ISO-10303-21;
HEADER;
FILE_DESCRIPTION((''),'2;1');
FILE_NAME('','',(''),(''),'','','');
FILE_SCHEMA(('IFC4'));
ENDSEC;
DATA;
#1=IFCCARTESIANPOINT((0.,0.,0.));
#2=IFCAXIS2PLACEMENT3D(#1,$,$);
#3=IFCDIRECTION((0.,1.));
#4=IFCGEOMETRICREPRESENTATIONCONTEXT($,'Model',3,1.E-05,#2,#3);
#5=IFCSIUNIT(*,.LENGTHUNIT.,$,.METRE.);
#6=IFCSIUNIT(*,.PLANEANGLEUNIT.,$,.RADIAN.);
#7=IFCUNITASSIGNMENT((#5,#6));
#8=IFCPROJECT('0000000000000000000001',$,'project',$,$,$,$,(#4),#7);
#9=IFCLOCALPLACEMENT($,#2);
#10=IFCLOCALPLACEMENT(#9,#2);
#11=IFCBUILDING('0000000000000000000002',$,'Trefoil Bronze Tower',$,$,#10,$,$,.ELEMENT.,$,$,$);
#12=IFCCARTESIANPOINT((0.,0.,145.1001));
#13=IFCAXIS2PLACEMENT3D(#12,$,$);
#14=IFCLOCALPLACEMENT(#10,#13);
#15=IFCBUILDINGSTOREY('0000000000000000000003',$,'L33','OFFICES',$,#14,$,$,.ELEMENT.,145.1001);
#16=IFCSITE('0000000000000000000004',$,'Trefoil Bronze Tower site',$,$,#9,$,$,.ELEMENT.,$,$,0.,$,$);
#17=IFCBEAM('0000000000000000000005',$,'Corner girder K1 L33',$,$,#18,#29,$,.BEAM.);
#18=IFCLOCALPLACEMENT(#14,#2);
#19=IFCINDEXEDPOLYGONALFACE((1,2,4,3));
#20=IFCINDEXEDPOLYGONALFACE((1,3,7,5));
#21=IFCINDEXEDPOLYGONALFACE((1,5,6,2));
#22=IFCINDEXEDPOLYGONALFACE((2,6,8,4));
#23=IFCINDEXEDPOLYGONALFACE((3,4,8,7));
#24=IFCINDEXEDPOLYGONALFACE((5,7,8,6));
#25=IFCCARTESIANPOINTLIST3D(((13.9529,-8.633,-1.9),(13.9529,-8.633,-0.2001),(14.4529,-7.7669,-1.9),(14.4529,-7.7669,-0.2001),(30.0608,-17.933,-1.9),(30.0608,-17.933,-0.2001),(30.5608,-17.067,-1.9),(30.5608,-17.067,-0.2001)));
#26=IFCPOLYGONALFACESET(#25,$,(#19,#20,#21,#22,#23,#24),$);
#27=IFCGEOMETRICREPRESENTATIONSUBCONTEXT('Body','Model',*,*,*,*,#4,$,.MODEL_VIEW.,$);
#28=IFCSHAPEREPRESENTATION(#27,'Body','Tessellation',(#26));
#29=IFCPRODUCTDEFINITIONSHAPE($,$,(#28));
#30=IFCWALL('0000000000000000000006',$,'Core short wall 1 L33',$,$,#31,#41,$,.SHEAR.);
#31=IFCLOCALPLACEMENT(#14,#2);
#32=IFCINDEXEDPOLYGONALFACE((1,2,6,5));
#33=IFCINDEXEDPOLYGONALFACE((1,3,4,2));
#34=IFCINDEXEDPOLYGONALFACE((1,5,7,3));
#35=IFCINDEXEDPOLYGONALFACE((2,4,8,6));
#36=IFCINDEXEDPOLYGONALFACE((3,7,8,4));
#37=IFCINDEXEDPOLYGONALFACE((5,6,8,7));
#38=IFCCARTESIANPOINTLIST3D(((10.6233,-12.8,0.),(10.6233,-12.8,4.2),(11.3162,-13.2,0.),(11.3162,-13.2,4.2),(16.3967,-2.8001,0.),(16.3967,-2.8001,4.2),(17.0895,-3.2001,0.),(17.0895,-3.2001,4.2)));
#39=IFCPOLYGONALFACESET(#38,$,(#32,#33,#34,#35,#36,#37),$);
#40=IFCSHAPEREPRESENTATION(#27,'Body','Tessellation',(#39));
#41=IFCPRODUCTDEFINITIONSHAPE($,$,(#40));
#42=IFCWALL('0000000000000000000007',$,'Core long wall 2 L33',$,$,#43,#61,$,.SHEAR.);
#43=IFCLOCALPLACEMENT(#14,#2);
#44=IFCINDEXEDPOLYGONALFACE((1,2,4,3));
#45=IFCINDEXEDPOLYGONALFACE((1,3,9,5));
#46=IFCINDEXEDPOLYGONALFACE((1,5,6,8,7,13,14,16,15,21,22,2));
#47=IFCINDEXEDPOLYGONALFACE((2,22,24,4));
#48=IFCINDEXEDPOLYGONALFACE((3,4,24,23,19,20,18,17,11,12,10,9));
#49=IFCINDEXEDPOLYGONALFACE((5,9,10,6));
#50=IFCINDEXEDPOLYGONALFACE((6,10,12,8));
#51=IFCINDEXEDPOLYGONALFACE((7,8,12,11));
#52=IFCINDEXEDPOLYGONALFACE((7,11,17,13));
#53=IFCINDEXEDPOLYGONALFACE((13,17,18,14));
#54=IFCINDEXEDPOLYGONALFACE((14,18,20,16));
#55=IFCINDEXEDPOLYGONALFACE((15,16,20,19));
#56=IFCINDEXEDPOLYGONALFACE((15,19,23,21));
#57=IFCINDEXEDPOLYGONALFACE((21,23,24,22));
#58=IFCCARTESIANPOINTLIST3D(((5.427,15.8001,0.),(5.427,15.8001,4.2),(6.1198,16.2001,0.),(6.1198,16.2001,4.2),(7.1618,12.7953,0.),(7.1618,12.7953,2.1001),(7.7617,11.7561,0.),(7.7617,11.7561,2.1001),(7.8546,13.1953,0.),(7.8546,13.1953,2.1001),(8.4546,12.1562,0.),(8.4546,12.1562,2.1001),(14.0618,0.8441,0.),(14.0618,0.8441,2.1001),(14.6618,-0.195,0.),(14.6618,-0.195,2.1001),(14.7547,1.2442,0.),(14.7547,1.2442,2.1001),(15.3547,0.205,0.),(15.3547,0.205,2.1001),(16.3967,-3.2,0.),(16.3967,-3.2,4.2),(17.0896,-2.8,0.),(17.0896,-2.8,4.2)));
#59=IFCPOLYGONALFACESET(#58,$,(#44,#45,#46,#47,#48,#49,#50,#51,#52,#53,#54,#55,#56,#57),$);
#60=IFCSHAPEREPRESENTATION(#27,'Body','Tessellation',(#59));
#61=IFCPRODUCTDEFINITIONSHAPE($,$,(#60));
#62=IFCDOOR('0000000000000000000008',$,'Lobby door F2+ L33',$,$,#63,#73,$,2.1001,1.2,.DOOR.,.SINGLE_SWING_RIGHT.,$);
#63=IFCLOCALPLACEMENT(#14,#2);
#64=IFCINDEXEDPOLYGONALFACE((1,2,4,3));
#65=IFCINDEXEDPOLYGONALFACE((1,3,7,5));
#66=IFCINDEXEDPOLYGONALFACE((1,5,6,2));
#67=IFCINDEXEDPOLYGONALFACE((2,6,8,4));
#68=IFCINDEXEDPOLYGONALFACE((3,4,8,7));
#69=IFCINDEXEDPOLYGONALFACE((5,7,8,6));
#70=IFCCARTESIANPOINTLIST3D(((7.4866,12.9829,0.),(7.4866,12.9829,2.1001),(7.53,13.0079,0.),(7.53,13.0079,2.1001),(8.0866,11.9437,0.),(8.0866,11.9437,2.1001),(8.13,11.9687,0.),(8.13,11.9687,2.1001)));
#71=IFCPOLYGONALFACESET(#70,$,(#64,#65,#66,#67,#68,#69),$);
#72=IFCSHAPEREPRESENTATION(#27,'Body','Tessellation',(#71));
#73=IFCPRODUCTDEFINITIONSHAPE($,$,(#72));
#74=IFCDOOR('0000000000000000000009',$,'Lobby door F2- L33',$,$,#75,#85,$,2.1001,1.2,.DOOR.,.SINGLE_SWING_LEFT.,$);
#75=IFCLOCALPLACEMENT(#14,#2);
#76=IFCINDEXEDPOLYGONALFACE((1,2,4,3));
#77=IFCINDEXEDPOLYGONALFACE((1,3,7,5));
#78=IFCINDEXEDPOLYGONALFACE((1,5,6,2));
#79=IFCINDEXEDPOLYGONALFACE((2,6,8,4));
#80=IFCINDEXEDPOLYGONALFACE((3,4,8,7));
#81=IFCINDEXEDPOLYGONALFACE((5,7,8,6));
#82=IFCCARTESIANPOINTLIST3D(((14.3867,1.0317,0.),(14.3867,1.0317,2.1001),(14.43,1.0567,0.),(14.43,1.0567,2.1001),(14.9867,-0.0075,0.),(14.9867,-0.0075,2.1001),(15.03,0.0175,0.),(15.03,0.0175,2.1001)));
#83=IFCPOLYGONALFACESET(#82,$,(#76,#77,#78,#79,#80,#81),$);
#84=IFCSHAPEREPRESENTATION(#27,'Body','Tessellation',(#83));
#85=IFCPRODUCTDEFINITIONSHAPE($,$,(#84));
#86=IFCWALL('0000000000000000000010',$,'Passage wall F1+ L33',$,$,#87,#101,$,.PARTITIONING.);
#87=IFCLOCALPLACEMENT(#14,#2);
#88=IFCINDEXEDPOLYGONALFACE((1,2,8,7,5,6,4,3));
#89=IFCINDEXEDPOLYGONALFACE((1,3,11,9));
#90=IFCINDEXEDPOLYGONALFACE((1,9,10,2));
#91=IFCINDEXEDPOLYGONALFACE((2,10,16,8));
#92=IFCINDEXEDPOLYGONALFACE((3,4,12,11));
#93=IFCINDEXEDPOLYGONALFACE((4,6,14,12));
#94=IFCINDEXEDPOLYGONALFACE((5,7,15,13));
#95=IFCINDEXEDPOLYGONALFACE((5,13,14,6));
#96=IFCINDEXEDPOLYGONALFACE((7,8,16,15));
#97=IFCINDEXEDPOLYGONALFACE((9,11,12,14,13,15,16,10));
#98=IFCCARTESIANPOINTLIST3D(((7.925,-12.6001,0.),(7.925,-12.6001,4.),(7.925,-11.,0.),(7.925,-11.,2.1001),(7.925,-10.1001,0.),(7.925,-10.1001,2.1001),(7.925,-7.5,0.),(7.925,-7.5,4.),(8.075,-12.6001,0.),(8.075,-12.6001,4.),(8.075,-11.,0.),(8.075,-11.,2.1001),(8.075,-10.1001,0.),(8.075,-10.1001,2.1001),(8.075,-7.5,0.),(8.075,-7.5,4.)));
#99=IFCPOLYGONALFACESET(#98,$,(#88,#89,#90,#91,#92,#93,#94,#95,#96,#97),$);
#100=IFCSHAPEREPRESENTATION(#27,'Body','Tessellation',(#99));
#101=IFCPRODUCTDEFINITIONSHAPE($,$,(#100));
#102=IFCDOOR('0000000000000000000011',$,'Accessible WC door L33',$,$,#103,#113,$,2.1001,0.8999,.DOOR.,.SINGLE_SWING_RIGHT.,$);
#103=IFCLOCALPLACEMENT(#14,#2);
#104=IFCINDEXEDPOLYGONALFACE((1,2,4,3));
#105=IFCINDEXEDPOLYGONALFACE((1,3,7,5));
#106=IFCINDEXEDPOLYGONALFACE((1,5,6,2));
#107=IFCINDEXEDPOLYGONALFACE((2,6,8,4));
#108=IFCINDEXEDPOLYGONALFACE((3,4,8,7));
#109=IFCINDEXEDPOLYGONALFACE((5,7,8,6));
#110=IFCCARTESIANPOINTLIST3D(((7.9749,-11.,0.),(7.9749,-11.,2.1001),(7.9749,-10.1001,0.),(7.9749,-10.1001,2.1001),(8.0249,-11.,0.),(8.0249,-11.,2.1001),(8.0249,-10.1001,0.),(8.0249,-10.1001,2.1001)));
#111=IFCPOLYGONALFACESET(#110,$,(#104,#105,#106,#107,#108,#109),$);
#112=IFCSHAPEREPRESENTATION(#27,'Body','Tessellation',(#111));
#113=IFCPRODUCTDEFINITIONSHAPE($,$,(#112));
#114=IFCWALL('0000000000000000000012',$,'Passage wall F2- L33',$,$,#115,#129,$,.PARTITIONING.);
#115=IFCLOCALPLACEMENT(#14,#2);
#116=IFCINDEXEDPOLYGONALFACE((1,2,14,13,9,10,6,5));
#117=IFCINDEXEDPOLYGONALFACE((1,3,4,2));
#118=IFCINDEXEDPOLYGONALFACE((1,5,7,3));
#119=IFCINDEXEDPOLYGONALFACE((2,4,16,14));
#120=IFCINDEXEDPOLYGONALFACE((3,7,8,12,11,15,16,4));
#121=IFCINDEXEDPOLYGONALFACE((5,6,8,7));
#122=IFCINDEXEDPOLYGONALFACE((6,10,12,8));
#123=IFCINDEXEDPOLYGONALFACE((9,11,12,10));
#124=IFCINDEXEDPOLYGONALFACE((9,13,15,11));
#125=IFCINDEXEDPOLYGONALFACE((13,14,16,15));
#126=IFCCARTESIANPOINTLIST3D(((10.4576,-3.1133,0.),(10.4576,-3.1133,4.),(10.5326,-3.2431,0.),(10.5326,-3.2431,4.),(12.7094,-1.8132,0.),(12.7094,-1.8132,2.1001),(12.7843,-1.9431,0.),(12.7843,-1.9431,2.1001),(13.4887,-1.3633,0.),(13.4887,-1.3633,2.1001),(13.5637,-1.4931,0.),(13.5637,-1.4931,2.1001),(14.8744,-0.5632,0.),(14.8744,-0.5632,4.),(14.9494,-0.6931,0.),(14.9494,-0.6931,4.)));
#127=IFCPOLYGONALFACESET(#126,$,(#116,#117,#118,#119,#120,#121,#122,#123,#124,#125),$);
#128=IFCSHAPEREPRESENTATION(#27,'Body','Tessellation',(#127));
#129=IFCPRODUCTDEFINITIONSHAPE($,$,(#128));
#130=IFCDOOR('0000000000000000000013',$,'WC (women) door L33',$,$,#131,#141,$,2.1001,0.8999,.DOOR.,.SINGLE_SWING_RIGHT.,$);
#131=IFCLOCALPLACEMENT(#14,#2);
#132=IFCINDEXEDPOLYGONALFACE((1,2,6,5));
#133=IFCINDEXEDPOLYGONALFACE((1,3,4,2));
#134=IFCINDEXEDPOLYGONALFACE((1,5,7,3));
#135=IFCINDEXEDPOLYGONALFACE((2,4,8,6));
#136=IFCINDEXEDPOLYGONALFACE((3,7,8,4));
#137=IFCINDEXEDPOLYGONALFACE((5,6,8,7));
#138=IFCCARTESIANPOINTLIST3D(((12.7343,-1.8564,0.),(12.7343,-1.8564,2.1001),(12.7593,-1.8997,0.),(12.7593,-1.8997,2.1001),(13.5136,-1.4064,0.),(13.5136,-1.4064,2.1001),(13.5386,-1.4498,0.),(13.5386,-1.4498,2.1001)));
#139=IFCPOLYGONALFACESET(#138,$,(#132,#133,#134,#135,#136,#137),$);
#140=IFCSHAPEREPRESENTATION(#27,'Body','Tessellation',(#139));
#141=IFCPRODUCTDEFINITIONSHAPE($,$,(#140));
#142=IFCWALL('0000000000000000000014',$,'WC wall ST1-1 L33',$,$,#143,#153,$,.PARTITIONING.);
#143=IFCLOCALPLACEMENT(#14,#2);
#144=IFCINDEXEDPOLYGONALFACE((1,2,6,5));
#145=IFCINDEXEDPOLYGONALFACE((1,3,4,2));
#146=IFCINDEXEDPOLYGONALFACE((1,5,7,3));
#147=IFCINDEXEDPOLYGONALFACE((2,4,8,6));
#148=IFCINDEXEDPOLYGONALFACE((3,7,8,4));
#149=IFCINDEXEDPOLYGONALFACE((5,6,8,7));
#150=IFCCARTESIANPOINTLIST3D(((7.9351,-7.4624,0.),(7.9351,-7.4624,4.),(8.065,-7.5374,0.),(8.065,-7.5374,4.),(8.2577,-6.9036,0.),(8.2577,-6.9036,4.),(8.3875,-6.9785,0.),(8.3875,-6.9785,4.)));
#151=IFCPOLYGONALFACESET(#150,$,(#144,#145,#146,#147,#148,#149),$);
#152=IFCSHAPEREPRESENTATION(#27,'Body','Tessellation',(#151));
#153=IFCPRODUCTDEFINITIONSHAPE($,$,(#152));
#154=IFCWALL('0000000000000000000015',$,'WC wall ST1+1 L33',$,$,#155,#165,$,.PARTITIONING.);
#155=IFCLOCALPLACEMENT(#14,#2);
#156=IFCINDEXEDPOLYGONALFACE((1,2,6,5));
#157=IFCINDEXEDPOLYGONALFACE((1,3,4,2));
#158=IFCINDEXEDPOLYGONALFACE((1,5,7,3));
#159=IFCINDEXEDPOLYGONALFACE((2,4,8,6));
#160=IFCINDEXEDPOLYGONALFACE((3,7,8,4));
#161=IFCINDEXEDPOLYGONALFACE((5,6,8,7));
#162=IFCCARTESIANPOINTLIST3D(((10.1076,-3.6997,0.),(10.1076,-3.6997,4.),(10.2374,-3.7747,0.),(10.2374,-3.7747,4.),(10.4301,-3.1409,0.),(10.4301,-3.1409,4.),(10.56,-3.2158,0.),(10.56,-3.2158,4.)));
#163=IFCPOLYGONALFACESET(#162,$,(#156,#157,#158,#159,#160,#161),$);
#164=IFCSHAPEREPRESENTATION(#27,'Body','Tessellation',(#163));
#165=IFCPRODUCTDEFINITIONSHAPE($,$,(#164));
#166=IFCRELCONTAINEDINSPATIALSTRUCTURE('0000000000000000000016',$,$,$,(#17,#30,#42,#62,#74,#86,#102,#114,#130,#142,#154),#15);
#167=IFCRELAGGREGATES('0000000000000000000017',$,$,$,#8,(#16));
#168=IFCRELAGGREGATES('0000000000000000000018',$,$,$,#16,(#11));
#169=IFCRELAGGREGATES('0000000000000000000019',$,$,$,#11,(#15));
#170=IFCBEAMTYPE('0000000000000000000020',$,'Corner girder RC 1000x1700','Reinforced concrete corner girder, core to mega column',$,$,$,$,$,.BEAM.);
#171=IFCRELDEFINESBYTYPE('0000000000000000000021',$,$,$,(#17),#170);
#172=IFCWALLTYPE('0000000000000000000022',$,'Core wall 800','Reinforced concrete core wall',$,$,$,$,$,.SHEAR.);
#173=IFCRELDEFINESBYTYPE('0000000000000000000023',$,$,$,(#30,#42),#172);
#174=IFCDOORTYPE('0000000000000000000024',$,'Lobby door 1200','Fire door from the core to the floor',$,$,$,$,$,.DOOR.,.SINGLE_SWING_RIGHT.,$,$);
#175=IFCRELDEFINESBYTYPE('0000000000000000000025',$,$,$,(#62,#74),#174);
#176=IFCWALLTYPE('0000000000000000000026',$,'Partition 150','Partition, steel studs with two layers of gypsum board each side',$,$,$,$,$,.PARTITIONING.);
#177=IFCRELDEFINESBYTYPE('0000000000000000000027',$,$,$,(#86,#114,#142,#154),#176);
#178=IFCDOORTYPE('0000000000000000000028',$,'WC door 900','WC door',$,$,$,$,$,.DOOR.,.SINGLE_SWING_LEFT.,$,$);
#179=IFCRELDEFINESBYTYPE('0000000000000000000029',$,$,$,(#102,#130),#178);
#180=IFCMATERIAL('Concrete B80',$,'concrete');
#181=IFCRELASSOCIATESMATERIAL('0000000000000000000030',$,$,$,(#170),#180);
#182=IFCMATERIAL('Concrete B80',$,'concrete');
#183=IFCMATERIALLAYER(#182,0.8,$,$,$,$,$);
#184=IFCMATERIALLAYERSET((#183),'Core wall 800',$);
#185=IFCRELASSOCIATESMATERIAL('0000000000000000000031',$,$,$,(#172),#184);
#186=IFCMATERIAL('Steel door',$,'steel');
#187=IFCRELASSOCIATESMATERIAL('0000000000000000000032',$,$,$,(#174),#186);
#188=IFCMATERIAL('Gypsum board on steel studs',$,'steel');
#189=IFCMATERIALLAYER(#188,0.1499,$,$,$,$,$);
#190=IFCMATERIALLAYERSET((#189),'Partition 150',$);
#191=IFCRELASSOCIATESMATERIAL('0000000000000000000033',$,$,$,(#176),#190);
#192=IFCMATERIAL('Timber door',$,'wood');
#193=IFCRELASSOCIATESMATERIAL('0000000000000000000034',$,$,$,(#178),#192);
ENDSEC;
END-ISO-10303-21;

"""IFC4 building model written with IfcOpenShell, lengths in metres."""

from ifc_helpers import new_model, si_unit, direction, frame, frame_2d, origin, origin_2d, place, context, subcontext, project, spatial, rectangle, extrude, material, layer, layer_set, material_profile, profile_set, type_object, element, fill, save


model = new_model("IFC4")

# Units and contexts
model_context = context("Model", 3, precision=1e-05, world=origin(), true_north=direction((0.0, 1.0)))
body_context = subcontext(model_context, "Body", "Model", "MODEL_VIEW")
ifc_project = project(units=[si_unit("LENGTHUNIT", "METRE"), si_unit("PLANEANGLEUNIT", "RADIAN")], contexts=[model_context])

# Site, building, storey
site_placement = place(None, origin())
site = spatial("IfcSite", under=ifc_project, at=site_placement, Name="Trefoil Bronze Tower site", CompositionType="ELEMENT", RefElevation=0.0)
building_placement = place(site_placement, origin())
building = spatial("IfcBuilding", under=site, at=building_placement, Name="Trefoil Bronze Tower", CompositionType="ELEMENT")
storey_placement = place(building_placement, frame((0.0, 0.0, 145.1001)))
storey = spatial("IfcBuildingStorey", under=building, at=storey_placement, Name="L33", Description="OFFICES", CompositionType="ELEMENT", Elevation=145.1001)

# Beam
ifc_material_1 = material(Name="Concrete B80", Category="concrete")
ifc_material_profile_1 = material_profile(ifc_material_1, rectangle(XDim=1.0, YDim=1.7, at=origin_2d()), Name="RC 1000x1700")
ifc_profile_set_1 = profile_set([ifc_material_profile_1], Name="Concrete B80")
beam_type_1 = type_object("IfcBeamType", Name="Corner girder RC 1000x1700", Description="Reinforced concrete corner girder, core to mega column", PredefinedType="BEAM", material=ifc_profile_set_1)
beam_placement = place(storey_placement, frame((14.2029, -8.2, -1.05), z_axis=(0.866022, -0.500006, 0.0), x_axis=(0.500006, 0.866022, 0.0)))
element("IfcBeam", 1, at=beam_placement, inside=storey, type_object=beam_type_1, Name="Corner girder K1 L33", PredefinedType="BEAM", context=body_context, shape_type="SweptSolid", body=[
    extrude(rectangle(XDim=1.0, YDim=1.7, at=origin_2d()), origin(), (0.0, 0.0, 1.0), 18.5999),
])

# Wall
ifc_material_2 = material(Name="Concrete B80", Category="concrete")
ifc_layer_1 = layer(ifc_material_2, 0.8)
ifc_layer_set_1 = layer_set([ifc_layer_1], Name="Core wall 800")
wall_type_1 = type_object("IfcWallType", Name="Core wall 800", Description="Reinforced concrete core wall", PredefinedType="SHEAR", material=ifc_layer_set_1)
wall_1_placement = place(storey_placement, frame((10.9697, -13.0, 0.0), z_axis=(0.0, 0.0, 1.0), x_axis=(0.499996, 0.866028, 0.0)))
element("IfcWall", 2, at=wall_1_placement, inside=storey, type_object=wall_type_1, Name="Core short wall 1 L33", PredefinedType="SHEAR", context=body_context, shape_type="SweptSolid", body=[
    extrude(rectangle(XDim=11.5469, YDim=0.8, at=frame_2d((5.7734, 0.0))), origin(), (0.0, 0.0, 1.0), 4.2),
])

# Wall, openings, doors
wall_2_placement = place(storey_placement, frame((16.7432, -3.0, 0.0), z_axis=(0.0, 0.0, 1.0), x_axis=(-0.500002, 0.866024, 0.0)))
wall_2 = element("IfcWall", 3, at=wall_2_placement, inside=storey, type_object=wall_type_1, Name="Core long wall 2 L33", PredefinedType="SHEAR", context=body_context, shape_type="SweptSolid", body=[
    extrude(rectangle(XDim=21.9395, YDim=0.8, at=frame_2d((10.9697, 0.0))), origin(), (0.0, 0.0, 1.0), 4.2),
])
opening_1_placement = place(wall_2_placement, frame((17.2698, 0.0, 0.0)))
opening_1 = element("IfcOpeningElement", 4, at=opening_1_placement, cuts=wall_2, PredefinedType="OPENING", context=body_context, shape_type="SweptSolid", body=[
    extrude(rectangle(XDim=1.2, YDim=2.1001, at=frame_2d((0.6001, 1.05))), frame((0.0, 0.4099, 0.0), z_axis=(0.0, -1.0, 0.0), x_axis=(1.0, 0.0, 0.0)), (0.0, 0.0, 1.0), 0.8201),
])
opening_2_placement = place(wall_2_placement, frame((3.4697, 0.0, 0.0)))
opening_2 = element("IfcOpeningElement", 5, at=opening_2_placement, cuts=wall_2, PredefinedType="OPENING", context=body_context, shape_type="SweptSolid", body=[
    extrude(rectangle(XDim=1.2, YDim=2.1001, at=frame_2d((0.6001, 1.05))), frame((0.0, 0.4099, 0.0), z_axis=(0.0, -1.0, 0.0), x_axis=(1.0, 0.0, 0.0)), (0.0, 0.0, 1.0), 0.8201),
])
ifc_material_3 = material(Name="Steel door", Category="steel")
door_type_1 = type_object("IfcDoorType", Name="Lobby door 1200", Description="Fire door from the core to the floor", OperationType="SINGLE_SWING_RIGHT", PredefinedType="DOOR", material=ifc_material_3)
door_1_placement = place(opening_1_placement, origin())
door_1 = element("IfcDoor", 6, at=door_1_placement, inside=storey, type_object=door_type_1, Name="Lobby door F2+ L33", OperationType="SINGLE_SWING_RIGHT", OverallHeight=2.1001, OverallWidth=1.2, PredefinedType="DOOR", context=body_context, shape_type="SweptSolid", body=[
    extrude(rectangle(XDim=1.2, YDim=2.1001, at=frame_2d((0.6001, 1.05))), frame((0.0, 0.0249, 0.0), z_axis=(0.0, -1.0, 0.0), x_axis=(1.0, 0.0, 0.0)), (0.0, 0.0, 1.0), 0.05),
])
fill(opening_1, door_1)
door_2_placement = place(opening_2_placement, origin())
door_2 = element("IfcDoor", 7, at=door_2_placement, inside=storey, type_object=door_type_1, Name="Lobby door F2- L33", OperationType="SINGLE_SWING_LEFT", OverallHeight=2.1001, OverallWidth=1.2, PredefinedType="DOOR", context=body_context, shape_type="SweptSolid", body=[
    extrude(rectangle(XDim=1.2, YDim=2.1001, at=frame_2d((0.6001, 1.05))), frame((0.0, 0.0249, 0.0), z_axis=(0.0, -1.0, 0.0), x_axis=(1.0, 0.0, 0.0)), (0.0, 0.0, 1.0), 0.05),
])
fill(opening_2, door_2)

# Walls, openings, doors
ifc_material_4 = material(Name="Gypsum board on steel studs", Category="steel")
ifc_layer_2 = layer(ifc_material_4, 0.1499)
ifc_layer_set_2 = layer_set([ifc_layer_2], Name="Partition 150")
wall_type_2 = type_object("IfcWallType", Name="Partition 150", Description="Partition, steel studs with two layers of gypsum board each side", PredefinedType="PARTITIONING", material=ifc_layer_set_2)
wall_3_placement = place(storey_placement, frame((8.0, -7.5, 0.0), z_axis=(0.0, 0.0, 1.0), x_axis=(0.0, -1.0, 0.0)))
wall_3 = element("IfcWall", 8, at=wall_3_placement, inside=storey, type_object=wall_type_2, Name="Passage wall F1+ L33", PredefinedType="PARTITIONING", context=body_context, shape_type="SweptSolid", body=[
    extrude(rectangle(XDim=5.1001, YDim=0.1499, at=frame_2d((2.55, 0.0))), origin(), (0.0, 0.0, 1.0), 4.0),
])
opening_3_placement = place(wall_3_placement, frame((2.6001, 0.0, 0.0)))
opening_3 = element("IfcOpeningElement", 9, at=opening_3_placement, cuts=wall_3, PredefinedType="OPENING", context=body_context, shape_type="SweptSolid", body=[
    extrude(rectangle(XDim=0.8999, YDim=2.1001, at=frame_2d((0.45, 1.05))), frame((0.0, 0.085, 0.0), z_axis=(0.0, -1.0, 0.0), x_axis=(1.0, 0.0, 0.0)), (0.0, 0.0, 1.0), 0.1699),
])
ifc_material_5 = material(Name="Timber door", Category="wood")
door_type_2 = type_object("IfcDoorType", Name="WC door 900", Description="WC door", OperationType="SINGLE_SWING_LEFT", PredefinedType="DOOR", material=ifc_material_5)
door_3_placement = place(opening_3_placement, origin())
door_3 = element("IfcDoor", 10, at=door_3_placement, inside=storey, type_object=door_type_2, Name="Accessible WC door L33", OperationType="SINGLE_SWING_RIGHT", OverallHeight=2.1001, OverallWidth=0.8999, PredefinedType="DOOR", context=body_context, shape_type="SweptSolid", body=[
    extrude(rectangle(XDim=0.8999, YDim=2.1001, at=frame_2d((0.45, 1.05))), frame((0.0, 0.0249, 0.0), z_axis=(0.0, -1.0, 0.0), x_axis=(1.0, 0.0, 0.0)), (0.0, 0.0, 1.0), 0.05),
])
fill(opening_3, door_3)
wall_4_placement = place(storey_placement, frame((10.4951, -3.1782, 0.0), z_axis=(0.0, 0.0, 1.0), x_axis=(0.866022, 0.500006, 0.0)))
wall_4 = element("IfcWall", 11, at=wall_4_placement, inside=storey, type_object=wall_type_2, Name="Passage wall F2- L33", PredefinedType="PARTITIONING", context=body_context, shape_type="SweptSolid", body=[
    extrude(rectangle(XDim=5.1001, YDim=0.1499, at=frame_2d((2.55, 0.0))), origin(), (0.0, 0.0, 1.0), 4.0),
])
opening_4_placement = place(wall_4_placement, frame((2.6001, 0.0, 0.0)))
opening_4 = element("IfcOpeningElement", 12, at=opening_4_placement, cuts=wall_4, PredefinedType="OPENING", context=body_context, shape_type="SweptSolid", body=[
    extrude(rectangle(XDim=0.8999, YDim=2.1001, at=frame_2d((0.45, 1.05))), frame((0.0, 0.085, 0.0), z_axis=(0.0, -1.0, 0.0), x_axis=(1.0, 0.0, 0.0)), (0.0, 0.0, 1.0), 0.1699),
])
door_4_placement = place(opening_4_placement, frame((0.8999, 0.0, 0.0), z_axis=(0.0, 0.0, 1.0), x_axis=(-1.0, 0.0, 0.0)))
door_4 = element("IfcDoor", 13, at=door_4_placement, inside=storey, type_object=door_type_2, Name="WC (women) door L33", OperationType="SINGLE_SWING_RIGHT", OverallHeight=2.1001, OverallWidth=0.8999, PredefinedType="DOOR", context=body_context, shape_type="SweptSolid", body=[
    extrude(rectangle(XDim=0.8999, YDim=2.1001, at=frame_2d((0.45, 1.05))), frame((0.0, 0.0249, 0.0), z_axis=(0.0, -1.0, 0.0), x_axis=(1.0, 0.0, 0.0)), (0.0, 0.0, 1.0), 0.05),
])
fill(opening_4, door_4)

# Walls
for number, where, z_axis, x_axis, name in (
    (14, (8.0, -7.5, 0.0), (0.0, 0.0, 1.0), (0.499843, 0.866116, 0.0), "WC wall ST1-1 L33"),
    (15, (10.4951, -3.1782, 0.0), (0.0, 0.0, 1.0), (-0.499843, -0.866116, 0.0), "WC wall ST1+1 L33"),
):
    element("IfcWall", number, at=place(storey_placement, frame(where, z_axis=z_axis, x_axis=x_axis)), inside=storey, type_object=wall_type_2, Name=name, PredefinedType="PARTITIONING", context=body_context, shape_type="SweptSolid", body=[
        extrude(rectangle(XDim=0.6453, YDim=0.1499, at=frame_2d((0.3228, 0.0))), origin(), (0.0, 0.0, 1.0), 4.0),
    ])

save(model, "model.ifc")
